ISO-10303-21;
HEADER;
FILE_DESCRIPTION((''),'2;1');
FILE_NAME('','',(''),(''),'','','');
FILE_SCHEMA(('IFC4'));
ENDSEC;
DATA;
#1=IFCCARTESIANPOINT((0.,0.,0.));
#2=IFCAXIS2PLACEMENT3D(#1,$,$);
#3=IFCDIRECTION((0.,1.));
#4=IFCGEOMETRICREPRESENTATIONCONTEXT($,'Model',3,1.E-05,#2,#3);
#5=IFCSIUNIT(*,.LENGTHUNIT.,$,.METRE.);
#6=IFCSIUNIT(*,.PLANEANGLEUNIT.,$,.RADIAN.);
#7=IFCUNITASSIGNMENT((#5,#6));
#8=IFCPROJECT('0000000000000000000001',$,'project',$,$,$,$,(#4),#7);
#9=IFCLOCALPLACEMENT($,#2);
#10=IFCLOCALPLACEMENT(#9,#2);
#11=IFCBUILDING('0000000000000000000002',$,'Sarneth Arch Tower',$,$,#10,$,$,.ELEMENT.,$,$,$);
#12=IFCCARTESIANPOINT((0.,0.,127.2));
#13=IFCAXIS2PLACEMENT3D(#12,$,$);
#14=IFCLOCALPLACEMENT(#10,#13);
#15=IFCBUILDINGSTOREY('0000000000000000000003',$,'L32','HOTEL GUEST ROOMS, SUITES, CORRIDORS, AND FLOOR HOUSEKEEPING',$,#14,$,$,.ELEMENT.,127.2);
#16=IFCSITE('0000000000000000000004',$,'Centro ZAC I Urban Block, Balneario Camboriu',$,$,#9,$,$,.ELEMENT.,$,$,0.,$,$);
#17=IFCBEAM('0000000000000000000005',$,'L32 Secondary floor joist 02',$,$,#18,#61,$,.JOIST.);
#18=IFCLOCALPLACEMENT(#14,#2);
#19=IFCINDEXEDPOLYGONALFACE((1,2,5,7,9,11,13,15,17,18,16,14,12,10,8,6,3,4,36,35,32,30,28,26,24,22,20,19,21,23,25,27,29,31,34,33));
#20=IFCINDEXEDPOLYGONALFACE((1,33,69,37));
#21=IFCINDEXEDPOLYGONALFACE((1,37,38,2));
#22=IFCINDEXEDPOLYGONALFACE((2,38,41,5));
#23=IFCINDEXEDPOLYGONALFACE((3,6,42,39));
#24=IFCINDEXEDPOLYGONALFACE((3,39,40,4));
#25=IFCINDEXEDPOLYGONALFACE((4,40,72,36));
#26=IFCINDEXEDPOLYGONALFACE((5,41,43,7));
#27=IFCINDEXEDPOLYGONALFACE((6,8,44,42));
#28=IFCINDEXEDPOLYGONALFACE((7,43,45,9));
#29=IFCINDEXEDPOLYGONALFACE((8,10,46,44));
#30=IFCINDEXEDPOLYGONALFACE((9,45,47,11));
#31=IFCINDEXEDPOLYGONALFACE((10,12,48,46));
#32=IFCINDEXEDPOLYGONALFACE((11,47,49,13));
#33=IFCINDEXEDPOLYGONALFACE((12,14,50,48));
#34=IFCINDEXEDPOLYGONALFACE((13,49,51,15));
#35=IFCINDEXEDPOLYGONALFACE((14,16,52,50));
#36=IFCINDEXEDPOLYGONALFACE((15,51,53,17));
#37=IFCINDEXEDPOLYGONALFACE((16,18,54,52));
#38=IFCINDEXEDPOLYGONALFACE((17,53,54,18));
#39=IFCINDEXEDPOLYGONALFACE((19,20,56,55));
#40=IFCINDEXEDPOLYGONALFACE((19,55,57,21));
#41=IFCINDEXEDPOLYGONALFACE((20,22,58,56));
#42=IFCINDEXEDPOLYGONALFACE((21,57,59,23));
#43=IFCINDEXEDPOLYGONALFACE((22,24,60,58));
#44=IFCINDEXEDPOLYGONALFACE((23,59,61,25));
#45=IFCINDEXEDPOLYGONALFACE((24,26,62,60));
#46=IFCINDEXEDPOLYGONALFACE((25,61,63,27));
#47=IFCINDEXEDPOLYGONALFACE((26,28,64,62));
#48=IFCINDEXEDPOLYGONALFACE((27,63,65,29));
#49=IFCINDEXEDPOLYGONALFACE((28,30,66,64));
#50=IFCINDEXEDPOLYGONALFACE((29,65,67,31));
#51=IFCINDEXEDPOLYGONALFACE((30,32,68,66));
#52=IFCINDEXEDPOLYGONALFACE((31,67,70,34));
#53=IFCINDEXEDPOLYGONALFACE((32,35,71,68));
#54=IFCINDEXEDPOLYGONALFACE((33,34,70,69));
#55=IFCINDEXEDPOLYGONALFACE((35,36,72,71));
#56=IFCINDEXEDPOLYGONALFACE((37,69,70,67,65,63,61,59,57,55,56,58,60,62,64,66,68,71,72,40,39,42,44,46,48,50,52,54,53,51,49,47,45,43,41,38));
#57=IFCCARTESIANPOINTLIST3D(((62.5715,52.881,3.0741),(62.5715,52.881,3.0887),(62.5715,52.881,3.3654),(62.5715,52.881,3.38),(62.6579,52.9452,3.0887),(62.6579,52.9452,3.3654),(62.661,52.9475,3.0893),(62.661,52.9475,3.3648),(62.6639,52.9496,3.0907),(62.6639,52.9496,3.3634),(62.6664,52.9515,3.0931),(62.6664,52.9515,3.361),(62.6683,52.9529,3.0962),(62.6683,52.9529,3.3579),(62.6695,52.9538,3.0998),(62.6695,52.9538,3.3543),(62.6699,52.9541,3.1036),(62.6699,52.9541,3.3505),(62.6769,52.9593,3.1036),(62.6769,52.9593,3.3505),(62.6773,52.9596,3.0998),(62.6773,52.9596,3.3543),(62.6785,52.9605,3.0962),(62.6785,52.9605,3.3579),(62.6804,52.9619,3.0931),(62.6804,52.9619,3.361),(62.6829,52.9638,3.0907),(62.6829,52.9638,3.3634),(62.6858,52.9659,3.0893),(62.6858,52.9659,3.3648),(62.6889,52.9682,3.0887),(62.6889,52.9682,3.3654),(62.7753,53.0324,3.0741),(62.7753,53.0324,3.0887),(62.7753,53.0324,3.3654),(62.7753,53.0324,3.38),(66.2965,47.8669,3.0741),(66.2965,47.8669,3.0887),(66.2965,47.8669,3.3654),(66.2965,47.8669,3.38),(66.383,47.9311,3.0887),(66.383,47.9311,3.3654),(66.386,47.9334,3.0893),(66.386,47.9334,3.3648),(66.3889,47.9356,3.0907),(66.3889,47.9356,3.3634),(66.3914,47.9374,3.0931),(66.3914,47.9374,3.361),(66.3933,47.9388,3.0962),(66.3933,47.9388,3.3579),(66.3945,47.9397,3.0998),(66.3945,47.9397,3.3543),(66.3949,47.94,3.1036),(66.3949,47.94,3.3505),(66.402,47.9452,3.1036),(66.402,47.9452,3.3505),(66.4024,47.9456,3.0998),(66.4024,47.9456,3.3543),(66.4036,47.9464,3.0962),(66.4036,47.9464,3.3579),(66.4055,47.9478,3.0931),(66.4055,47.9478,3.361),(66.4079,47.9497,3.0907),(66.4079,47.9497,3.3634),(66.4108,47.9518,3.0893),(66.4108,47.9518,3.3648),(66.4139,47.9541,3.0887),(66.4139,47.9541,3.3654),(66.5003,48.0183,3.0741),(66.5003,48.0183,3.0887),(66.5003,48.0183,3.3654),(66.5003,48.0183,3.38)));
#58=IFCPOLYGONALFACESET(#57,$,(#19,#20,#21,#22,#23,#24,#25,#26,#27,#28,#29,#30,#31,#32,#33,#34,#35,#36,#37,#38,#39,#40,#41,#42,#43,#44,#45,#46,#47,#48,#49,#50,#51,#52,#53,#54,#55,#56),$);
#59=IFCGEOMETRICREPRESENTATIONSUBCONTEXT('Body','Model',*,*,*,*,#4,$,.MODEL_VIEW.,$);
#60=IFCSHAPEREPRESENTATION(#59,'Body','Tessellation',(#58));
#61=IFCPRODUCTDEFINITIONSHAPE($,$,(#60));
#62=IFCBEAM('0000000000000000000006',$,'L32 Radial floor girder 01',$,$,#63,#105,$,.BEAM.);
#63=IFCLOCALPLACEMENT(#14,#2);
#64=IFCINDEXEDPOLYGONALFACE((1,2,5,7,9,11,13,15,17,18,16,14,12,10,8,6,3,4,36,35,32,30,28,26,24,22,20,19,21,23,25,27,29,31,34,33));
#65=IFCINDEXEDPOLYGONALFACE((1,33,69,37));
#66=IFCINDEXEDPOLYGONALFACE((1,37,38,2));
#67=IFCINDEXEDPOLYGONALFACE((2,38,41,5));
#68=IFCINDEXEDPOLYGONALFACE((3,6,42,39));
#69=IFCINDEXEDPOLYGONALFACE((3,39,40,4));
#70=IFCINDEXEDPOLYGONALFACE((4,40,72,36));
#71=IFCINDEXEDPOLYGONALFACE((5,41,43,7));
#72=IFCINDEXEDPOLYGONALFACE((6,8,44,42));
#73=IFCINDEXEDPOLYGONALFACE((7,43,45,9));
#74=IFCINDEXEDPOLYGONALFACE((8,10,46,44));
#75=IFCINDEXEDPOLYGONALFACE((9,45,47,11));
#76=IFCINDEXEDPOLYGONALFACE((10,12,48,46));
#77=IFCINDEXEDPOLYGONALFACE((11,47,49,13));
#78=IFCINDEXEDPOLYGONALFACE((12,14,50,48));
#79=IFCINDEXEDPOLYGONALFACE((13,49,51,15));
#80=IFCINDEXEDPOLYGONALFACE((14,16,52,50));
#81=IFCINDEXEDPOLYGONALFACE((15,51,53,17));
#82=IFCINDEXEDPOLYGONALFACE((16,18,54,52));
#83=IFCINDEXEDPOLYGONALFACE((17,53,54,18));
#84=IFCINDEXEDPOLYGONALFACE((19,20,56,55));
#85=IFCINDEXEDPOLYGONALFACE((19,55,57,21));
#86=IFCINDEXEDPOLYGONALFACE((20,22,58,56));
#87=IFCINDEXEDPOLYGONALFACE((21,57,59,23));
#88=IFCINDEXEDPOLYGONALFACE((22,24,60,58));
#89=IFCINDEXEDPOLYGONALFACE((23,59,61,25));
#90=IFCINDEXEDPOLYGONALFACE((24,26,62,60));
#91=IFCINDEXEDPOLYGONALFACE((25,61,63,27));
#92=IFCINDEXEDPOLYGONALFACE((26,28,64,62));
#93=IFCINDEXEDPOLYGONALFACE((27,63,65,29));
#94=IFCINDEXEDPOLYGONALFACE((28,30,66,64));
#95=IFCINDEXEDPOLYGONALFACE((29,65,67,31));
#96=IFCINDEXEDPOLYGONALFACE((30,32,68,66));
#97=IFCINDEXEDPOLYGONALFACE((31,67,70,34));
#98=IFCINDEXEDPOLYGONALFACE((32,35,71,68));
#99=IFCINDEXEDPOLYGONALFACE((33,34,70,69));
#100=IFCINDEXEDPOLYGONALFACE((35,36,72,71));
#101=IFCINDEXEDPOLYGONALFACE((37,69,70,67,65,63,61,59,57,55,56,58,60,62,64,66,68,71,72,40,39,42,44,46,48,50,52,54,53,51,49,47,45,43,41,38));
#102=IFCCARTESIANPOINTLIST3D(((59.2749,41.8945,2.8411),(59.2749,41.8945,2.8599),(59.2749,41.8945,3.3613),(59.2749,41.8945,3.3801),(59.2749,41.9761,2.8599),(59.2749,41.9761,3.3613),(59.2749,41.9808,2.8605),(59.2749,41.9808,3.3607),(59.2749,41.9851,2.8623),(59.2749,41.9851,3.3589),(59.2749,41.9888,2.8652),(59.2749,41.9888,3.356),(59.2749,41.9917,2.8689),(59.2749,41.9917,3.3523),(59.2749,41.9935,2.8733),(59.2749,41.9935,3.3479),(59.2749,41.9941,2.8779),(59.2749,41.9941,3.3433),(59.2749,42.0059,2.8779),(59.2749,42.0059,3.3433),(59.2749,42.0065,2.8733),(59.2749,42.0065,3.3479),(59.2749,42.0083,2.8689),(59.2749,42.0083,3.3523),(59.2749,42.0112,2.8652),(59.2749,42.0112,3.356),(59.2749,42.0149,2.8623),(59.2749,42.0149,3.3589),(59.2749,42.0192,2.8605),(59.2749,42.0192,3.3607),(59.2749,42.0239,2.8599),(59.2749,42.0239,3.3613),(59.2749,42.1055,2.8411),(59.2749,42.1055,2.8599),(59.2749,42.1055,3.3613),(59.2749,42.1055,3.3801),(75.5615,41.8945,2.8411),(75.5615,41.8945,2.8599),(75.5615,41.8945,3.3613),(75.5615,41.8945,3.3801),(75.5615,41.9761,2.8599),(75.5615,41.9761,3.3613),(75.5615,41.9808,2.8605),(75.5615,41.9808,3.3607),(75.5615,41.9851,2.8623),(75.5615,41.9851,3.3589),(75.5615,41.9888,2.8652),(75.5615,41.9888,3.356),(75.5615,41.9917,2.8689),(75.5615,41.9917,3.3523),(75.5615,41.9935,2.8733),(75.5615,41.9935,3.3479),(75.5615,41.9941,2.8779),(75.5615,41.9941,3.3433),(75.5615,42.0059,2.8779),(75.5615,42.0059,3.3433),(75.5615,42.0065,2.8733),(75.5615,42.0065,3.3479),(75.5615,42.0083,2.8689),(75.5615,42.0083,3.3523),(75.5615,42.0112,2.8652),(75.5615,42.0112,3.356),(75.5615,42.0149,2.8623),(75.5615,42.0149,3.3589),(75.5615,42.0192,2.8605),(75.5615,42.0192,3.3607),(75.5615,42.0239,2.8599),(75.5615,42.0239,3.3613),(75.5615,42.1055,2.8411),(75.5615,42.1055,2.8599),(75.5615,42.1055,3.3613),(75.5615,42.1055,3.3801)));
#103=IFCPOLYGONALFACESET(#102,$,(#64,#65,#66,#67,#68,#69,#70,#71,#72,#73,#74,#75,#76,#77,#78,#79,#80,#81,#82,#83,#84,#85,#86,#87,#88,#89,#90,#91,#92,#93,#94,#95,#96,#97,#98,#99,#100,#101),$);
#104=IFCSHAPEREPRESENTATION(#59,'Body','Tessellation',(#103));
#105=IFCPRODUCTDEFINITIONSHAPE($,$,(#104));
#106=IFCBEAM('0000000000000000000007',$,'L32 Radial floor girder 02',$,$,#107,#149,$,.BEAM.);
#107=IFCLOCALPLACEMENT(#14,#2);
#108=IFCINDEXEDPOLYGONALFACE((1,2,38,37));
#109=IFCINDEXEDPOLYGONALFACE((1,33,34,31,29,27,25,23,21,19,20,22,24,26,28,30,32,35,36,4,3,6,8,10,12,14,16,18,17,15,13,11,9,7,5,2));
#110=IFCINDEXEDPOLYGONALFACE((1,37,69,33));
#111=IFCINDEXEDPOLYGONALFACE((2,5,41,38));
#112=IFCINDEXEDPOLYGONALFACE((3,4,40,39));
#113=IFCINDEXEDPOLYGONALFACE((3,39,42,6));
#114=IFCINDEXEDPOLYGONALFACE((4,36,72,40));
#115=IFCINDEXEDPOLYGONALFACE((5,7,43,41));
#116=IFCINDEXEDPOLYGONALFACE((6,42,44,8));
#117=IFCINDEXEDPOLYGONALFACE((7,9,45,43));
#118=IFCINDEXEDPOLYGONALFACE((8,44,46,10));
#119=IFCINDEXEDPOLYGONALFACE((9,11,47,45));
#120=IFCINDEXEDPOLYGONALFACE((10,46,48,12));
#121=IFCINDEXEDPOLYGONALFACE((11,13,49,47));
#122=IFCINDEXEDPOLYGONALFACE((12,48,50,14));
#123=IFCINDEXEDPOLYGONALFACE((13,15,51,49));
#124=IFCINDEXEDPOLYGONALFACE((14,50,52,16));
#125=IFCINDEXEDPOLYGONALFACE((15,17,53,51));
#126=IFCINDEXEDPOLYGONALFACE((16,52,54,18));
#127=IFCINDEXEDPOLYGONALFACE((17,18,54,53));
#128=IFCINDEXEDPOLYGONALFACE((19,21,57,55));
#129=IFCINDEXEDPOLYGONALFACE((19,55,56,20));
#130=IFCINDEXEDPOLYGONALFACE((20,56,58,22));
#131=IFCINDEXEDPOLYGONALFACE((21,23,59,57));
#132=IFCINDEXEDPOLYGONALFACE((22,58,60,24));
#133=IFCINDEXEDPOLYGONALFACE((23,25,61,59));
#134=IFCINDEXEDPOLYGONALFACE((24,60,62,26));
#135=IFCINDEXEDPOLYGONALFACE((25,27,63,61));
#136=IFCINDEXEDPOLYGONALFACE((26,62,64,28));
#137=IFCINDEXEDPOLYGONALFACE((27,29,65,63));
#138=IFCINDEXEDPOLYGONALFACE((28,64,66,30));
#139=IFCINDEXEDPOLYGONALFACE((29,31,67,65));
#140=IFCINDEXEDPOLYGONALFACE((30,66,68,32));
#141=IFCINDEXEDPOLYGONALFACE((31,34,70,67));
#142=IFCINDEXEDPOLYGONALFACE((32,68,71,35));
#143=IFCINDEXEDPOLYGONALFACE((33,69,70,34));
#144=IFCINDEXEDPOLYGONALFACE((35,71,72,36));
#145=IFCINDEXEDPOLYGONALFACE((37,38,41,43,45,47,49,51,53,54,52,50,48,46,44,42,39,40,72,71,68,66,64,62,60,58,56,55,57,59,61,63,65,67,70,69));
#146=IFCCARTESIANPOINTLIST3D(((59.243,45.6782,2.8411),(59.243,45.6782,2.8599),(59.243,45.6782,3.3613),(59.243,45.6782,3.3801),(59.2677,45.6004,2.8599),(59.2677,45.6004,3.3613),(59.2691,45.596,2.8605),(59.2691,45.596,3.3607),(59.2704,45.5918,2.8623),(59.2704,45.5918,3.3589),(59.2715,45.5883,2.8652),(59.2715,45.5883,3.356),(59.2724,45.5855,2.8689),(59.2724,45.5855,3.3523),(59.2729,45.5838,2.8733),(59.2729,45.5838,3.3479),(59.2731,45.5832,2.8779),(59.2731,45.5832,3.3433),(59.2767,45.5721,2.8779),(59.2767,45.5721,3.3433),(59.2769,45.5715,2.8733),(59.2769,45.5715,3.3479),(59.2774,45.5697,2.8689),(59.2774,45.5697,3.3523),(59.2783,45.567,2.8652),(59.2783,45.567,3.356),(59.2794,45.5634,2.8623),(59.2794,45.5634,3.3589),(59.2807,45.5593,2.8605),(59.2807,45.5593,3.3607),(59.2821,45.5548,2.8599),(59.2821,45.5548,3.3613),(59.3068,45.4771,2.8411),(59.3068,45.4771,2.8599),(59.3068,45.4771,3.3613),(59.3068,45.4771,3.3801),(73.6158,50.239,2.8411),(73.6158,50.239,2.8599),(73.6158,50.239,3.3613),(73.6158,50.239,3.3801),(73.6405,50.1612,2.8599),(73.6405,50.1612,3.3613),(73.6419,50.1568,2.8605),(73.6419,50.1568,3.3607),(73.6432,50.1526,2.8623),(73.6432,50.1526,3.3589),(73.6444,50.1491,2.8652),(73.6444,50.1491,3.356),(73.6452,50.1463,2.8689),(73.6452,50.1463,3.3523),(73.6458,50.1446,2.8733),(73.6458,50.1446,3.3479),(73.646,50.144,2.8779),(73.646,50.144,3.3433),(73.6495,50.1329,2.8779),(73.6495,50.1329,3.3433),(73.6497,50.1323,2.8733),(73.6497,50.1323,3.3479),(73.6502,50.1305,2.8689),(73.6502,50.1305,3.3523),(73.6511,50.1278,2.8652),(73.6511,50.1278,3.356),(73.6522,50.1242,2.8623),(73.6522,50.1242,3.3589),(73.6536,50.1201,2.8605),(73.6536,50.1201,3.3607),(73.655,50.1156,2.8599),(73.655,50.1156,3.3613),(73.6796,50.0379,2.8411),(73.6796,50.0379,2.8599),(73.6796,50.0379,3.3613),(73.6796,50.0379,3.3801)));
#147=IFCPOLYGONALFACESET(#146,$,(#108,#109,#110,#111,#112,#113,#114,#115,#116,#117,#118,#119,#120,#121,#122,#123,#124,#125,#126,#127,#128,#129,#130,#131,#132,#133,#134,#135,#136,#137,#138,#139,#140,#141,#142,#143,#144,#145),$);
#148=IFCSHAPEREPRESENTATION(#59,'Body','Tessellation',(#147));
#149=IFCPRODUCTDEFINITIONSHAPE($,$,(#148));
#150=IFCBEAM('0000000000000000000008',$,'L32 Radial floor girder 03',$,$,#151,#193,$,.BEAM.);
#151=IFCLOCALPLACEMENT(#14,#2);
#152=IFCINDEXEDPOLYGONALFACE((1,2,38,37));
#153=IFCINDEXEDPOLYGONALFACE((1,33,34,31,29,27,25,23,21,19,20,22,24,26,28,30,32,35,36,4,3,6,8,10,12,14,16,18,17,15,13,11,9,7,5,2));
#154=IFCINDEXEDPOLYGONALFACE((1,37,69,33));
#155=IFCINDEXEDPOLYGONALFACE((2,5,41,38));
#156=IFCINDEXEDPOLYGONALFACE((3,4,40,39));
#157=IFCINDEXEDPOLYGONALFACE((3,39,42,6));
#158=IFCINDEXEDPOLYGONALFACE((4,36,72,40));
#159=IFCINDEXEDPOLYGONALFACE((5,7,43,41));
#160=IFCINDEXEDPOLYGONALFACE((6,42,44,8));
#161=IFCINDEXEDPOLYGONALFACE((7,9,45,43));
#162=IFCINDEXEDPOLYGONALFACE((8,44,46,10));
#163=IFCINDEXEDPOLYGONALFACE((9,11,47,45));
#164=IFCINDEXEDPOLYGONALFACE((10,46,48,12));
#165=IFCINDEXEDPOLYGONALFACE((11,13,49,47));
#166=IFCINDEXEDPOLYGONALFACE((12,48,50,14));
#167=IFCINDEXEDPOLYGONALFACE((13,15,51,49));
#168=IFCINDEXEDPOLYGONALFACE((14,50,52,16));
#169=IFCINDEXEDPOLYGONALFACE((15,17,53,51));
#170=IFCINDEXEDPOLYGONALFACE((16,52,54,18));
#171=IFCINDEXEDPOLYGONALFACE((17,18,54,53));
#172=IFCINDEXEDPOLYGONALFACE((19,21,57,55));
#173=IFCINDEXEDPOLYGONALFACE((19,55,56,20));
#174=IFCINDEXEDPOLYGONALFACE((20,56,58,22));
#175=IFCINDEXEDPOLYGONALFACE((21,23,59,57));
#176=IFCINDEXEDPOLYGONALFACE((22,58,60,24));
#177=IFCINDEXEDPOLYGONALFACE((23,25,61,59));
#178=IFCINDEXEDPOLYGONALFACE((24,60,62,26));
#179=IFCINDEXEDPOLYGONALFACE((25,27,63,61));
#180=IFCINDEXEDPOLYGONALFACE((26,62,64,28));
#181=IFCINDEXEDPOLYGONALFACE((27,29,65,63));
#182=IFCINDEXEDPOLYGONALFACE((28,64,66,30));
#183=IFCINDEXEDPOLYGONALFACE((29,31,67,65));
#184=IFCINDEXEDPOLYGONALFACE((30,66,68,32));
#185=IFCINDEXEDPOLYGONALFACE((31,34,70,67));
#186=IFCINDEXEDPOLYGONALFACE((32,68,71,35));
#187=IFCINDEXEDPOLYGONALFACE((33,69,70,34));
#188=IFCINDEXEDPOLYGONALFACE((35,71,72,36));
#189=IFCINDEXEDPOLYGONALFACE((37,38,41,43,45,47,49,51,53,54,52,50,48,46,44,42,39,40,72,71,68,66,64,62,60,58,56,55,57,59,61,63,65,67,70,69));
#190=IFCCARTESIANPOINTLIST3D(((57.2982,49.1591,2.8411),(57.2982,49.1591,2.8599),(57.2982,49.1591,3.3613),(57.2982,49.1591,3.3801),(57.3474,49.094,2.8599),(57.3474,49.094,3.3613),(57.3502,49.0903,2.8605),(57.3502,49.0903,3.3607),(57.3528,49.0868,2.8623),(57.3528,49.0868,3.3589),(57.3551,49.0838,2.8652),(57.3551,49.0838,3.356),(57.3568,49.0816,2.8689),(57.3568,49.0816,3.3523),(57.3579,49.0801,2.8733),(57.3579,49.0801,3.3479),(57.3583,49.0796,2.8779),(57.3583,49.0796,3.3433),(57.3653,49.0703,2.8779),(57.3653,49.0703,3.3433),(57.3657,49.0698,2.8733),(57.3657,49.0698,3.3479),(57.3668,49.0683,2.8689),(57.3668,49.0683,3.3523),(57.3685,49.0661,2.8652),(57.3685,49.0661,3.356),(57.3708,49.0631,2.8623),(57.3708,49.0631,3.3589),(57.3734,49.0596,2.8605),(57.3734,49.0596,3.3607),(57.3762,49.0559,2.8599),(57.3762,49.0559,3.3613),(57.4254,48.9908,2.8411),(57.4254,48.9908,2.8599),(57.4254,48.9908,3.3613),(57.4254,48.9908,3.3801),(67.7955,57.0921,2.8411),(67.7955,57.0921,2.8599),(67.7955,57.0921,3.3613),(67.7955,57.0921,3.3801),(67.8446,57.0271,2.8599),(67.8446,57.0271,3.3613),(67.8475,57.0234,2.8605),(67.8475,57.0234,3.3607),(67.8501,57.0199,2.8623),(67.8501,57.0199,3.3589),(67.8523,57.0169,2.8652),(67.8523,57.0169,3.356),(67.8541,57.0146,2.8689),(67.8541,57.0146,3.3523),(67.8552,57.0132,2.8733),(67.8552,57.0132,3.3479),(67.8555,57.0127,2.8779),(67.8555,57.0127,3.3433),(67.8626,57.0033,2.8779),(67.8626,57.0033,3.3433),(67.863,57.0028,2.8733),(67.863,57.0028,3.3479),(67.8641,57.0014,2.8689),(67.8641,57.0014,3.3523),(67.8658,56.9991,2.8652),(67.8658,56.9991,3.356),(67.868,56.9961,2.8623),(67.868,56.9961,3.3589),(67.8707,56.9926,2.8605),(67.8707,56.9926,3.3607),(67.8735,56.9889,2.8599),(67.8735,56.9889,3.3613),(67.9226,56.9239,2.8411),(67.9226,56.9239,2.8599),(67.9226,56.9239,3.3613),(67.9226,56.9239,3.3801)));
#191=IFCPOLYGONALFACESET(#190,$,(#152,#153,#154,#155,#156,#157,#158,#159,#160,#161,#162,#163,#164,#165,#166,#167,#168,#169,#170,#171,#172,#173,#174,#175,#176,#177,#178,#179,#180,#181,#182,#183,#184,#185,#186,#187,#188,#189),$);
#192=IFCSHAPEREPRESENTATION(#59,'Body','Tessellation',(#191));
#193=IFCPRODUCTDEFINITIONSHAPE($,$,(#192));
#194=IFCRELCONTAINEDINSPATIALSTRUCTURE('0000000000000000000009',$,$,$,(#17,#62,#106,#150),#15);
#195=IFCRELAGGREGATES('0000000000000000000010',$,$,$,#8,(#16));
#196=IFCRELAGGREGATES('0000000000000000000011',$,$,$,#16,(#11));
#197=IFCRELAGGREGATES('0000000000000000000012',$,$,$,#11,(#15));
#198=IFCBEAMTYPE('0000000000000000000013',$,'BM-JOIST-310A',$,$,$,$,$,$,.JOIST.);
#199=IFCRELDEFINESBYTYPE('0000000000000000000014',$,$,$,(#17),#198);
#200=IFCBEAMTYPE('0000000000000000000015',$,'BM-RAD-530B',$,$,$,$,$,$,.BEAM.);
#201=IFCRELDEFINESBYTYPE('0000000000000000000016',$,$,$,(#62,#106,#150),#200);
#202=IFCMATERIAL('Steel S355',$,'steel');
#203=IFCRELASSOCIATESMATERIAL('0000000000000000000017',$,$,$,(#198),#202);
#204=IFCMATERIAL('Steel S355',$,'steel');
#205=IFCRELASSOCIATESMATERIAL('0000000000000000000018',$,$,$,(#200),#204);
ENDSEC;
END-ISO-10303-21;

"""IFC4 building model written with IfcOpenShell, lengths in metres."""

from ifc_helpers import new_model, si_unit, direction, frame, origin, origin_2d, place, context, subcontext, project, spatial, i_section, extrude, material, material_profile, profile_set, type_object, element, save


model = new_model("IFC4")

# Units and contexts
model_context = context("Model", 3, precision=1e-05, world=origin(), true_north=direction((0.0, 1.0)))
body_context = subcontext(model_context, "Body", "Model", "MODEL_VIEW")
ifc_project = project(units=[si_unit("LENGTHUNIT", "METRE"), si_unit("PLANEANGLEUNIT", "RADIAN")], contexts=[model_context])

# Site, building, storey
site_placement = place(None, origin())
site = spatial("IfcSite", under=ifc_project, at=site_placement, Name="Centro ZAC I Urban Block, Balneario Camboriu", CompositionType="ELEMENT", RefElevation=0.0)
building_placement = place(site_placement, origin())
building = spatial("IfcBuilding", under=site, at=building_placement, Name="Sarneth Arch Tower", CompositionType="ELEMENT")
storey_placement = place(building_placement, frame((0.0, 0.0, 127.2)))
storey = spatial("IfcBuildingStorey", under=building, at=storey_placement, Name="L32", Description="HOTEL GUEST ROOMS, SUITES, CORRIDORS, AND FLOOR HOUSEKEEPING", CompositionType="ELEMENT", Elevation=127.2)

# Beams
ifc_material_1 = material(Name="Steel S355", Category="steel")
ifc_material_profile_1 = material_profile(ifc_material_1, i_section(OverallWidth=0.2539, OverallDepth=0.3059, WebThickness=0.0088, FlangeThickness=0.0146, FilletRadius=0.0149, at=origin_2d()), Name="W310x79")
ifc_profile_set_1 = profile_set([ifc_material_profile_1], Name="Steel S355")
beam_type_1 = type_object("IfcBeamType", Name="BM-JOIST-310A", PredefinedType="JOIST", material=ifc_profile_set_1)
beam_1_placement = place(storey_placement, frame((66.3984, 47.9426, 3.2271), z_axis=(-0.596354, 0.802721, 0.0), x_axis=(-0.802721, -0.596354, 0.0)))
element("IfcBeam", 1, at=beam_1_placement, inside=storey, type_object=beam_type_1, Name="L32 Secondary floor joist 02", PredefinedType="JOIST", context=body_context, shape_type="SweptSolid", body=[
    extrude(i_section(OverallWidth=0.2539, OverallDepth=0.3059, WebThickness=0.0088, FlangeThickness=0.0146, FilletRadius=0.0149, at=origin_2d()), origin(), (0.0, 0.0, 1.0), 6.2463),
])
ifc_material_2 = material(Name="Steel S355", Category="steel")
ifc_material_profile_2 = material_profile(ifc_material_2, i_section(OverallWidth=0.2109, OverallDepth=0.5391, WebThickness=0.0117, FlangeThickness=0.0188, FilletRadius=0.0181, at=origin_2d()), Name="W530x109")
ifc_profile_set_2 = profile_set([ifc_material_profile_2], Name="Steel S355")
beam_type_2 = type_object("IfcBeamType", Name="BM-RAD-530B", PredefinedType="BEAM", material=ifc_profile_set_2)
beam_2_placement = place(storey_placement, frame((59.2749, 42.0, 3.1106), z_axis=(1.0, 0.0, 0.0), x_axis=(0.0, 1.0, 0.0)))
element("IfcBeam", 2, at=beam_2_placement, inside=storey, type_object=beam_type_2, Name="L32 Radial floor girder 01", PredefinedType="BEAM", context=body_context, shape_type="SweptSolid", body=[
    extrude(i_section(OverallWidth=0.2109, OverallDepth=0.5391, WebThickness=0.0117, FlangeThickness=0.0188, FilletRadius=0.0181, at=origin_2d()), origin(), (0.0, 0.0, 1.0), 16.2866),
])
beam_3_placement = place(storey_placement, frame((59.2749, 45.5776, 3.1106), z_axis=(0.953163, 0.302458, 0.0), x_axis=(-0.302458, 0.953163, 0.0)))
element("IfcBeam", 3, at=beam_3_placement, inside=storey, type_object=beam_type_2, Name="L32 Radial floor girder 02", PredefinedType="BEAM", context=body_context, shape_type="SweptSolid", body=[
    extrude(i_section(OverallWidth=0.2109, OverallDepth=0.5391, WebThickness=0.0117, FlangeThickness=0.0188, FilletRadius=0.0181, at=origin_2d()), origin(), (0.0, 0.0, 1.0), 15.0791),
])
beam_4_placement = place(storey_placement, frame((57.3618, 49.075, 3.1106), z_axis=(0.797801, 0.60292, 0.0), x_axis=(-0.60292, 0.797801, 0.0)))
element("IfcBeam", 4, at=beam_4_placement, inside=storey, type_object=beam_type_2, Name="L32 Radial floor girder 03", PredefinedType="BEAM", context=body_context, shape_type="SweptSolid", body=[
    extrude(i_section(OverallWidth=0.2109, OverallDepth=0.5391, WebThickness=0.0117, FlangeThickness=0.0188, FilletRadius=0.0181, at=origin_2d()), origin(), (0.0, 0.0, 1.0), 13.1577),
])

save(model, "model.ifc")
